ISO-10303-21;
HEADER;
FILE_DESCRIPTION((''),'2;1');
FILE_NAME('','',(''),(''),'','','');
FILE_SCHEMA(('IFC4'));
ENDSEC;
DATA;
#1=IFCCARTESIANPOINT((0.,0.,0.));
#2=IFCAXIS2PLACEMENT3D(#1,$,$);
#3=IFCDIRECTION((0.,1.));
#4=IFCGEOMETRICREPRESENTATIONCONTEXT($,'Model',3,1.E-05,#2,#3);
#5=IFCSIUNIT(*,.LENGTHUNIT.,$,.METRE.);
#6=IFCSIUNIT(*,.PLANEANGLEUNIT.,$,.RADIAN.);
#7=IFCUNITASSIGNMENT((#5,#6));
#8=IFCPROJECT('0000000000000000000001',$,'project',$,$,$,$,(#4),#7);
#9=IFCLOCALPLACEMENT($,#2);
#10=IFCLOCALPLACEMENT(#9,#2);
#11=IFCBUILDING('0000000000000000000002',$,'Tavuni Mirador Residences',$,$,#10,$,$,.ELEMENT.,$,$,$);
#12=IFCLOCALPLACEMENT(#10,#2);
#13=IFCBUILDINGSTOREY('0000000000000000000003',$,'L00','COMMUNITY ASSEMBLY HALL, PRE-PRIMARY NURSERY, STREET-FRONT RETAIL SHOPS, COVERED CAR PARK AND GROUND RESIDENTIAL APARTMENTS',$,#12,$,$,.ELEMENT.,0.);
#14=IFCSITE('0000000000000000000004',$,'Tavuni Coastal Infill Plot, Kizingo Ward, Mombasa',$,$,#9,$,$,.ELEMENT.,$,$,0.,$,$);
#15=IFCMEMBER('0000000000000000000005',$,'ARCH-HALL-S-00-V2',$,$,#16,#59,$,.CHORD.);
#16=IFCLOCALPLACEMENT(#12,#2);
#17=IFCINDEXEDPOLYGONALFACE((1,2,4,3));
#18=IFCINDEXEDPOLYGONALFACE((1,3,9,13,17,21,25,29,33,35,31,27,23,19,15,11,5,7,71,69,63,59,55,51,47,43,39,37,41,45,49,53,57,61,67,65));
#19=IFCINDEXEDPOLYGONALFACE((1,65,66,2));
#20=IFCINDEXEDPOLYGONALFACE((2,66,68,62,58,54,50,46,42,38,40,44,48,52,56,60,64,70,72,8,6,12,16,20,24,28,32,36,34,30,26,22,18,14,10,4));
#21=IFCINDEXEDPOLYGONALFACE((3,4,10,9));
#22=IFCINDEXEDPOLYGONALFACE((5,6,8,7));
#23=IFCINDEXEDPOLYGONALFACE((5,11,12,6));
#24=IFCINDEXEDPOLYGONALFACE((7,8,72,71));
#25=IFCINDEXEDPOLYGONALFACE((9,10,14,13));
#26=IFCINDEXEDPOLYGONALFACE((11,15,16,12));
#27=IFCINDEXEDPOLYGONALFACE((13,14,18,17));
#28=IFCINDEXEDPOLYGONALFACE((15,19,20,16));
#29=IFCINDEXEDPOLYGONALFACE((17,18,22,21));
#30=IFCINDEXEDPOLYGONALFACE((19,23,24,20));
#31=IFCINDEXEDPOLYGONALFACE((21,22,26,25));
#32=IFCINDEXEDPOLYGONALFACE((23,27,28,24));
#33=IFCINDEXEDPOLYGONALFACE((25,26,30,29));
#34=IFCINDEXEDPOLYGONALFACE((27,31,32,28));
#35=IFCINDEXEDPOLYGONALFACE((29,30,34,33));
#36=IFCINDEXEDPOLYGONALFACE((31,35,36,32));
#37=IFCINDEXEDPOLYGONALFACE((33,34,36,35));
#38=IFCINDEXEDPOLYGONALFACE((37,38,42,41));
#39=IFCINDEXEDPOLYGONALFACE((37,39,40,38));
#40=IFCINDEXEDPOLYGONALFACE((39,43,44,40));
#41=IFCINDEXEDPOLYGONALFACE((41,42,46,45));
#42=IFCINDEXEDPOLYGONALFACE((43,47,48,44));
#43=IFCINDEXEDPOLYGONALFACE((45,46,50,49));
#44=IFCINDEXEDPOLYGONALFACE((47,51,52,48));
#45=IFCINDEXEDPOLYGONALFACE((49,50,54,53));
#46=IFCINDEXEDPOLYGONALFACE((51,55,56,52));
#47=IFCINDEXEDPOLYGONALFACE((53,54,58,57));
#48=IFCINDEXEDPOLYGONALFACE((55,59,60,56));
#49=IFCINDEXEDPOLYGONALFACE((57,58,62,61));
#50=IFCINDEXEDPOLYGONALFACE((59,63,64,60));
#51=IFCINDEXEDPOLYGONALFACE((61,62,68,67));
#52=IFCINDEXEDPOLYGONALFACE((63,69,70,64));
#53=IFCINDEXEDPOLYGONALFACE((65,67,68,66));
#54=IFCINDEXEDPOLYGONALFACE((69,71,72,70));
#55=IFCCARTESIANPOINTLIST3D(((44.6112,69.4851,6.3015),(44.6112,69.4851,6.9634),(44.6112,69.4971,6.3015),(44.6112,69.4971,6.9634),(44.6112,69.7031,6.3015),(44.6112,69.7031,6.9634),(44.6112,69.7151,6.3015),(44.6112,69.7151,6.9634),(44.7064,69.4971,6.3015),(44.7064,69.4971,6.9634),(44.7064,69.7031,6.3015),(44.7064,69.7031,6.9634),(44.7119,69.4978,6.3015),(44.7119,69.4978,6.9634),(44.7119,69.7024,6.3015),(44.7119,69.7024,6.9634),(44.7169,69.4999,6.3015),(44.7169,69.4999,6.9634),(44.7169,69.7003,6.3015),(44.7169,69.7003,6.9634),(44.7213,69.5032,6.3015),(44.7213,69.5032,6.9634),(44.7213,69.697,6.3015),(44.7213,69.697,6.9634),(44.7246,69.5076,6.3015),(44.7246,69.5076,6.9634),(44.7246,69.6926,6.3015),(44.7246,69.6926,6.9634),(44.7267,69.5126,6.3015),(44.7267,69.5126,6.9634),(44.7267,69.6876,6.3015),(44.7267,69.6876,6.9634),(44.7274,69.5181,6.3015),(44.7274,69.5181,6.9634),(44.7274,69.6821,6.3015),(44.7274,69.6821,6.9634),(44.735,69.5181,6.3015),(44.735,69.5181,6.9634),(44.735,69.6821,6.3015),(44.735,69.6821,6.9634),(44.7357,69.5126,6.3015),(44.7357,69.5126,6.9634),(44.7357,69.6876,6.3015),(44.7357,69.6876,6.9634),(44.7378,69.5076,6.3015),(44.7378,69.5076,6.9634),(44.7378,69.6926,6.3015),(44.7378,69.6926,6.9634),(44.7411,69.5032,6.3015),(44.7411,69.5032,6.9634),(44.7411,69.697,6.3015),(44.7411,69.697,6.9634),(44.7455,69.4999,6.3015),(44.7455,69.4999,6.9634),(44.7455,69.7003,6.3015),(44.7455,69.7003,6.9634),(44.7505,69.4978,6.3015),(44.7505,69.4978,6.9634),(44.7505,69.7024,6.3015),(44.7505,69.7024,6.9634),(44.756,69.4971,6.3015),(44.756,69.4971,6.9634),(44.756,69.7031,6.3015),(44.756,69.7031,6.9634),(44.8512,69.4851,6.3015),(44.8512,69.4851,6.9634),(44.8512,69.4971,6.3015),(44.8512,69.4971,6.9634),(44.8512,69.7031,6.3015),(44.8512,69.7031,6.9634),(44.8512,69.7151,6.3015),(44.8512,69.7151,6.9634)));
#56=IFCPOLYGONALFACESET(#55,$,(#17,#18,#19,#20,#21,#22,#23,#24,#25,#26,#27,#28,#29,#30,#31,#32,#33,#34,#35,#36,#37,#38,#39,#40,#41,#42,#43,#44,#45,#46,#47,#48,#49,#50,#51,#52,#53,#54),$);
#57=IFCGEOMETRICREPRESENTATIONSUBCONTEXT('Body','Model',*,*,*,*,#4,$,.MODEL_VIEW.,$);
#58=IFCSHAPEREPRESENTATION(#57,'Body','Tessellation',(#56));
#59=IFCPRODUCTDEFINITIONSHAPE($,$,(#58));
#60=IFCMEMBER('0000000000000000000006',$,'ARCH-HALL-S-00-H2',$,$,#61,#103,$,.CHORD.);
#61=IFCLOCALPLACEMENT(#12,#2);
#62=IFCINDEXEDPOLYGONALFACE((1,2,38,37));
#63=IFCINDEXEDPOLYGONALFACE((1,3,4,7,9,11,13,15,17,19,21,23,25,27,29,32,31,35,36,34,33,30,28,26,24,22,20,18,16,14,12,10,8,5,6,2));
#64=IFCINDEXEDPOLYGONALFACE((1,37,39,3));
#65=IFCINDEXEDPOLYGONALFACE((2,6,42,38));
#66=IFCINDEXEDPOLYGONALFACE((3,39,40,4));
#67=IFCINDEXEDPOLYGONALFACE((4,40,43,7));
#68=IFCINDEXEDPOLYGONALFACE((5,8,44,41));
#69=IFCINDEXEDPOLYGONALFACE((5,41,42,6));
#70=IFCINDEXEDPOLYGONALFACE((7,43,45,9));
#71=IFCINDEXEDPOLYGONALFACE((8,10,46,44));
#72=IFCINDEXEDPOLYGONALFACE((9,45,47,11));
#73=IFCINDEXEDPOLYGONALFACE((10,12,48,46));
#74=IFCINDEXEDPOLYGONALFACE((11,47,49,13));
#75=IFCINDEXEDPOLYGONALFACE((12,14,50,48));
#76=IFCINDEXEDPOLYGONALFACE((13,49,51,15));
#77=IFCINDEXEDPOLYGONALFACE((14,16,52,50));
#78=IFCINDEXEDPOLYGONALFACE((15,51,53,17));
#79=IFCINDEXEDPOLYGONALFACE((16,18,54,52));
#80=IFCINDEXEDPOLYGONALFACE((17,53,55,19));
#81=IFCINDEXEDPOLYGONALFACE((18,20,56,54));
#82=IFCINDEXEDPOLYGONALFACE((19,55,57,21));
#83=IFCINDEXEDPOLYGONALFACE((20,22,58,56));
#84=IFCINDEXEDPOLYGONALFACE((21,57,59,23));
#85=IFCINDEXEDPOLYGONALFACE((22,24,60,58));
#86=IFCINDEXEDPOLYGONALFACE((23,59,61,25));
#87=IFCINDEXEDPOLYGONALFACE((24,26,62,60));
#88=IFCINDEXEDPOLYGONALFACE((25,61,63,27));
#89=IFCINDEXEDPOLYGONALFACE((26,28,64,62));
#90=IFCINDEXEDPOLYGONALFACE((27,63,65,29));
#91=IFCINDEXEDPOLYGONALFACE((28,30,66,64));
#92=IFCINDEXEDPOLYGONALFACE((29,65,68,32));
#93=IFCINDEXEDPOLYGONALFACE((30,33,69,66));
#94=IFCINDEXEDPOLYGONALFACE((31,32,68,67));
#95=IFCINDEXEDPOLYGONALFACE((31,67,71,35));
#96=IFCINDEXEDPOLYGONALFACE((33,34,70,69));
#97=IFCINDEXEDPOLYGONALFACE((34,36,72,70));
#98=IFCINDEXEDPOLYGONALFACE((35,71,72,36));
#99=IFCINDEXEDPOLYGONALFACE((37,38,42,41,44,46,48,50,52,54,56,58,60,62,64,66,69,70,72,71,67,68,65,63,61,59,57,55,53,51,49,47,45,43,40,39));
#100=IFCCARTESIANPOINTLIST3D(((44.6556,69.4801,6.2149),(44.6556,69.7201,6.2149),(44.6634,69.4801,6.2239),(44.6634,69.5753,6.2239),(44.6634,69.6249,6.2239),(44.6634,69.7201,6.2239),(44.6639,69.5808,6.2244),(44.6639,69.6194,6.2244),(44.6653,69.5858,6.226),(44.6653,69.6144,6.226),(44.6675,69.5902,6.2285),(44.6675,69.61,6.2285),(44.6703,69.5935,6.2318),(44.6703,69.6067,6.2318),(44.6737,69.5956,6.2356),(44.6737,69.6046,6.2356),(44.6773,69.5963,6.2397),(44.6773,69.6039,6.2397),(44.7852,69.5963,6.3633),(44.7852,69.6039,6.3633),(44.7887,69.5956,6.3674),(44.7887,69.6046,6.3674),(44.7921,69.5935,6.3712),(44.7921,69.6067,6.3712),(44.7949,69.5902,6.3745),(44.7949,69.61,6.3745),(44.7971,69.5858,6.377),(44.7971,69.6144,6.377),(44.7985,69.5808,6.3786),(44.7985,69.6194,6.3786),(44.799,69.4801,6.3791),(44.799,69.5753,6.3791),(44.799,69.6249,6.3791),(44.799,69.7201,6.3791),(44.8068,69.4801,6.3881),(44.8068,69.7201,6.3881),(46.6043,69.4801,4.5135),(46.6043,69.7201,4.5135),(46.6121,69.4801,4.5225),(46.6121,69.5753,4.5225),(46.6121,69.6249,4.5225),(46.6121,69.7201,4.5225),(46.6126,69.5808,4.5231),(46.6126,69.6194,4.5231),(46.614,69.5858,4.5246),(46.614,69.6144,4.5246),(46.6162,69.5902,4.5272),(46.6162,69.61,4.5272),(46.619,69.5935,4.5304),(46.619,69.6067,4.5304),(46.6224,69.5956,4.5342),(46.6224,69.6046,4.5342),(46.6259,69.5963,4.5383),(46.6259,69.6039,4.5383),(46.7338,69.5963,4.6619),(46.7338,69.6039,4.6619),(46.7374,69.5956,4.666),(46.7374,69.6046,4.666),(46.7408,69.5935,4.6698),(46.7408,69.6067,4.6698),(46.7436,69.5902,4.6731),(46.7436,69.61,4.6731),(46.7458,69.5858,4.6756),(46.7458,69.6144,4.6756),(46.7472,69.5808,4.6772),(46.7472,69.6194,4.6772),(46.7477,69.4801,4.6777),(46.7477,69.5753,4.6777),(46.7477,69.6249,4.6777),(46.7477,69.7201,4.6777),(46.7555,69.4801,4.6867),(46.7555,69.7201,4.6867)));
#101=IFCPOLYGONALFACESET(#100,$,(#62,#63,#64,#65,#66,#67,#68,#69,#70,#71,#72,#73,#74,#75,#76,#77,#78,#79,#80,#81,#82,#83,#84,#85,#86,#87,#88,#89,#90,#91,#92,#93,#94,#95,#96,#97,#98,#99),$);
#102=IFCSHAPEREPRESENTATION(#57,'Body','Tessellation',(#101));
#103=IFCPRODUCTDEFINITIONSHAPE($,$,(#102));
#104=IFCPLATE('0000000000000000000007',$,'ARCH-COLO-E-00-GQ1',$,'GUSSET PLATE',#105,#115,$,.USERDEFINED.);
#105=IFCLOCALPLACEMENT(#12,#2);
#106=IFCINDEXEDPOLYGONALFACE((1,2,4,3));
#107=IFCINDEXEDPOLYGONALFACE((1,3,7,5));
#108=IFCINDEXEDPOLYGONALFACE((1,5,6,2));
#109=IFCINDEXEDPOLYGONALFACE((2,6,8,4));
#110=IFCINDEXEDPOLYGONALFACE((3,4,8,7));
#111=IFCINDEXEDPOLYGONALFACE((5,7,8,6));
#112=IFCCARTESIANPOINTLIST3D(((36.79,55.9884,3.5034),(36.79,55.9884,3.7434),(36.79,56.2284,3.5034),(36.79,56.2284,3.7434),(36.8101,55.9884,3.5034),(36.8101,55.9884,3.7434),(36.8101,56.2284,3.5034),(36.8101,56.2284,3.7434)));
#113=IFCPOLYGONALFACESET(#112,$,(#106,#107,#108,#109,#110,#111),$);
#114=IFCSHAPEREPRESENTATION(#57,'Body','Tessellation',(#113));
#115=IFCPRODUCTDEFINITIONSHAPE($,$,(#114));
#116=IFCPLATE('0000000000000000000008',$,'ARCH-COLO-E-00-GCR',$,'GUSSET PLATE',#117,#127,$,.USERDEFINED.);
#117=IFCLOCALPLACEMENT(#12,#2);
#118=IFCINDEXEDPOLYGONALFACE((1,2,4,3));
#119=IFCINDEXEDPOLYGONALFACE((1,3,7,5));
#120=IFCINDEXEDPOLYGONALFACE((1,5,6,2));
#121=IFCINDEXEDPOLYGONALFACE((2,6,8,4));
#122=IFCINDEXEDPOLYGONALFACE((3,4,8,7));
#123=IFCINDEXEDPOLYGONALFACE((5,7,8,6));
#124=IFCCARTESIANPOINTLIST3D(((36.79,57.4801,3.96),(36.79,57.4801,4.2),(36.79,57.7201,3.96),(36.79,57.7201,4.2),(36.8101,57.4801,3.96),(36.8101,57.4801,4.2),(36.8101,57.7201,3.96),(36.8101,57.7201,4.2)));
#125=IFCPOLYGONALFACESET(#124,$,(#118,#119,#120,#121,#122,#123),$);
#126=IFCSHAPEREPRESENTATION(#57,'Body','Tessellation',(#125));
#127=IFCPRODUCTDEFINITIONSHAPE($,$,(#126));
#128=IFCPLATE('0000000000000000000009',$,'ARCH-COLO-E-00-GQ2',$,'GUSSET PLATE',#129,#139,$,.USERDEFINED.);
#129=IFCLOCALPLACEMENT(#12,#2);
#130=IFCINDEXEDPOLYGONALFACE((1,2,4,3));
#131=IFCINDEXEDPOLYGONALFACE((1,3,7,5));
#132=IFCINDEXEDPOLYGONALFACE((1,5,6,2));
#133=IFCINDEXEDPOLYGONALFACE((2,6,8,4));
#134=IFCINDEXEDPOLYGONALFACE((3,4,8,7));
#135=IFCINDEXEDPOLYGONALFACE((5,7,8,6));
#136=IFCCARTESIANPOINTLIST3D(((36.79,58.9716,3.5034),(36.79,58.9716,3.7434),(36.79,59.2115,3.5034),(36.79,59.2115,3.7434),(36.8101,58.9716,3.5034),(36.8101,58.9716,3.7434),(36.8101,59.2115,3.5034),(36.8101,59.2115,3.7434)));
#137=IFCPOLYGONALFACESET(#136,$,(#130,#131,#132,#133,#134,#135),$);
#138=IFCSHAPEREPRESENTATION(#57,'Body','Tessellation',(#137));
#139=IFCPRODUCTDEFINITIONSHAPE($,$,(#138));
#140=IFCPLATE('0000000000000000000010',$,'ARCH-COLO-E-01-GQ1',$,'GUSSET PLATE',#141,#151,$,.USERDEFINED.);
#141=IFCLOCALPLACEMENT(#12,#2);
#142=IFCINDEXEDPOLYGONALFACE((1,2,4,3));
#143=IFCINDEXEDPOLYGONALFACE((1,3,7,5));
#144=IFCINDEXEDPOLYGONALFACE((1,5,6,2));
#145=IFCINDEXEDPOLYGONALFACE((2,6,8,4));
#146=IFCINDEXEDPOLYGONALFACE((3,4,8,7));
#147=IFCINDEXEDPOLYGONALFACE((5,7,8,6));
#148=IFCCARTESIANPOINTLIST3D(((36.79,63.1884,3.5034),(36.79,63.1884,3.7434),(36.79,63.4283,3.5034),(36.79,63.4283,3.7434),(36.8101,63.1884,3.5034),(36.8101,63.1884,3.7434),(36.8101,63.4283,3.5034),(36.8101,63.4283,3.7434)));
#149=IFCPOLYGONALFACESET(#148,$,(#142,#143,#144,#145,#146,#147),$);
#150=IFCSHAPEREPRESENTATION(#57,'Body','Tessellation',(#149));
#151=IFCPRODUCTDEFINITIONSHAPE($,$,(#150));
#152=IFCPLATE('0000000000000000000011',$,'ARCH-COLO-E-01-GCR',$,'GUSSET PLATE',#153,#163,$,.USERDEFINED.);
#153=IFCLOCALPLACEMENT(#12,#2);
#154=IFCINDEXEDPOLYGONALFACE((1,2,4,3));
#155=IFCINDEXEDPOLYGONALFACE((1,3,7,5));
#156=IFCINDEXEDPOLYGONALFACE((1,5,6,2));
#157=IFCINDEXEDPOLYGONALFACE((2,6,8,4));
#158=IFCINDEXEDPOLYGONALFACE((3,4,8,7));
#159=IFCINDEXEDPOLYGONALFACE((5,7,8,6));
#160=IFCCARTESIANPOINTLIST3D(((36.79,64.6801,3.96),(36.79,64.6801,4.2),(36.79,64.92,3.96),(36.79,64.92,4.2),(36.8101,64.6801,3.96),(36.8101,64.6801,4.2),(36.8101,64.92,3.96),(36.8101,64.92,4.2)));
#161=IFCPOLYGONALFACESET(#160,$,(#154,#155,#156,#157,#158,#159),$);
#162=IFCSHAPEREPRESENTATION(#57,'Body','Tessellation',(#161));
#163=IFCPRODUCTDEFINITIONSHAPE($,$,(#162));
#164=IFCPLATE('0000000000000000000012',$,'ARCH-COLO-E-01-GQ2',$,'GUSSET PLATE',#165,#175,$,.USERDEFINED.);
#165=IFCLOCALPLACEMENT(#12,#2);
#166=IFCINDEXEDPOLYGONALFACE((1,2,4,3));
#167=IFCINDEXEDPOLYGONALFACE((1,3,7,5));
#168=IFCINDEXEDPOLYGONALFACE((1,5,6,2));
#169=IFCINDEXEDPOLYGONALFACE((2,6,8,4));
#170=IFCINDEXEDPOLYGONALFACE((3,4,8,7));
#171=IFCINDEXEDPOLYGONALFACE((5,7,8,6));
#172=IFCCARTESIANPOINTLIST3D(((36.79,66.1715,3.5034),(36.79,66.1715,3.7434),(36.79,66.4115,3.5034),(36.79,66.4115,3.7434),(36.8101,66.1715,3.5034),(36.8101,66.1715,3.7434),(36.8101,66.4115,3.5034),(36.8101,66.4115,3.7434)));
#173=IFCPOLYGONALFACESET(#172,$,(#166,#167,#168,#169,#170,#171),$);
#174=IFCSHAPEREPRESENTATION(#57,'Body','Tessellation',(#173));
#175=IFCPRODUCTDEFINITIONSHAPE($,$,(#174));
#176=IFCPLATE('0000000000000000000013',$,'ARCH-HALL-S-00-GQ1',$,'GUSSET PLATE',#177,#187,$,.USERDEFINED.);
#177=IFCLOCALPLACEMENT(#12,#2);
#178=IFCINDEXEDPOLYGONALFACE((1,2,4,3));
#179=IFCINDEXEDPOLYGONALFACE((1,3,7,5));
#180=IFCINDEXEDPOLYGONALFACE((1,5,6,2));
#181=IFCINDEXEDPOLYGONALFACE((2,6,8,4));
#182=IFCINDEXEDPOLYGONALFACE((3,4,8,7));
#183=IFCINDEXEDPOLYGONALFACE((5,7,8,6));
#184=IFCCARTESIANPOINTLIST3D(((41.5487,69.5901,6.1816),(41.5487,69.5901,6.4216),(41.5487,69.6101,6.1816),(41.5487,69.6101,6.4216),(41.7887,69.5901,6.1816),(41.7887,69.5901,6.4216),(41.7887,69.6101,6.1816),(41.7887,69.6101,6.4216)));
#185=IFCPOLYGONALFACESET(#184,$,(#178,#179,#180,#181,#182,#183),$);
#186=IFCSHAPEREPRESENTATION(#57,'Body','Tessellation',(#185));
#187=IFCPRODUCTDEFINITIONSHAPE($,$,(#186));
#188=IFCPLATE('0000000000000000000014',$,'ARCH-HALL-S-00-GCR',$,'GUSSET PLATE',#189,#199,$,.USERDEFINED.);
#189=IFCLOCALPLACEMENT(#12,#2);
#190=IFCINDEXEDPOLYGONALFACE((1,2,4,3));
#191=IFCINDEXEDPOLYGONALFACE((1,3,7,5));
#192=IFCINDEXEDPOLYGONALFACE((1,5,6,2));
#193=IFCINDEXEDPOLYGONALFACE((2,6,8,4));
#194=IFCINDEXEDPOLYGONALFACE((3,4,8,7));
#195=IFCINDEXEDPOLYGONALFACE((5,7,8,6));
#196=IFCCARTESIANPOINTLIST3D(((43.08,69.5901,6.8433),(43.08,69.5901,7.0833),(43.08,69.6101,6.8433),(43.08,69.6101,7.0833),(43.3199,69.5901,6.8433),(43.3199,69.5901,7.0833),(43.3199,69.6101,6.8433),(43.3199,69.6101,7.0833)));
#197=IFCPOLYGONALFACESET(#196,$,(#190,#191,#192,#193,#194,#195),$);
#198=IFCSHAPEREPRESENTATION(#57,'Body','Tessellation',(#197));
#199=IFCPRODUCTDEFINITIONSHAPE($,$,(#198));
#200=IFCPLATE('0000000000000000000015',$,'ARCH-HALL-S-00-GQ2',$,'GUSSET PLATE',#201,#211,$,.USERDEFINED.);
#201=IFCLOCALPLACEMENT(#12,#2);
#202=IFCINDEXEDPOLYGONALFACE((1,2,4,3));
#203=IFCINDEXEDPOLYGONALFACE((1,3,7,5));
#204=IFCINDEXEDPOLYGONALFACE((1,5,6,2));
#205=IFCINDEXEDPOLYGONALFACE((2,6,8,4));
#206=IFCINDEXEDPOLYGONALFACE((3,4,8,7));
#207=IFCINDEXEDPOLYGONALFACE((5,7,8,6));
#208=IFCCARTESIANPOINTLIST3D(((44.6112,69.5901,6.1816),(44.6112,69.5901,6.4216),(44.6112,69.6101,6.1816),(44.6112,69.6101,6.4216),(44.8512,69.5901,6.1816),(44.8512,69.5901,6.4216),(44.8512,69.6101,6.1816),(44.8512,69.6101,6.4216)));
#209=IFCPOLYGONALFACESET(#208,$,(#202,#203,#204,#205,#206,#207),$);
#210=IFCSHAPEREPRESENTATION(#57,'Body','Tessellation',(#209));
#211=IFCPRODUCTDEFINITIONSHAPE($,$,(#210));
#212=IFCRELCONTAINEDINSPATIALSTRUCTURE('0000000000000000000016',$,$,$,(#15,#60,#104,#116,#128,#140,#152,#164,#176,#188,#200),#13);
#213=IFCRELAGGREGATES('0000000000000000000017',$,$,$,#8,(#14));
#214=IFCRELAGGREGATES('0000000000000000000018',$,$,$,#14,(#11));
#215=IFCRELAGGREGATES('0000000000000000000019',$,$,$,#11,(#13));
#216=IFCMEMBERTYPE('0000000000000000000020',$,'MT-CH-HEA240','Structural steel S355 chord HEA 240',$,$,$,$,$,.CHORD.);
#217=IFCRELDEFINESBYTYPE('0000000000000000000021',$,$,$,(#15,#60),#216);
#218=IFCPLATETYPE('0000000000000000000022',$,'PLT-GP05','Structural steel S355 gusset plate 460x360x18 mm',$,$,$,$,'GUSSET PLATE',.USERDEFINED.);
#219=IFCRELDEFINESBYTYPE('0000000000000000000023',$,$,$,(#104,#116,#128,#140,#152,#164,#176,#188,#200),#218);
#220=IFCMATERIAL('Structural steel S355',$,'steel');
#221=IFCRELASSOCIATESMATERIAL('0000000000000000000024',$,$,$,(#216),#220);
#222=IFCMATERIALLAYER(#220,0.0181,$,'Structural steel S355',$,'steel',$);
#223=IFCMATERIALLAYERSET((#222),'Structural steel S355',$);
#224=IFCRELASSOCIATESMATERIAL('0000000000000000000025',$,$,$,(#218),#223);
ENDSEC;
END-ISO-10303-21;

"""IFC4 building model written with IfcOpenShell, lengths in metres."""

from ifc_helpers import new_model, si_unit, direction, frame, origin, origin_2d, place, context, subcontext, project, spatial, rectangle, i_section, extrude, material, layer, layer_set, material_profile, profile_set, type_object, element, save


model = new_model("IFC4")

# Units and contexts
model_context = context("Model", 3, precision=1e-05, world=origin(), true_north=direction((0.0, 1.0)))
body_context = subcontext(model_context, "Body", "Model", "MODEL_VIEW")
ifc_project = project(units=[si_unit("LENGTHUNIT", "METRE"), si_unit("PLANEANGLEUNIT", "RADIAN")], contexts=[model_context])

# Site, building, storey
site_placement = place(None, origin())
site = spatial("IfcSite", under=ifc_project, at=site_placement, Name="Tavuni Coastal Infill Plot, Kizingo Ward, Mombasa", CompositionType="ELEMENT", RefElevation=0.0)
building_placement = place(site_placement, origin())
building = spatial("IfcBuilding", under=site, at=building_placement, Name="Tavuni Mirador Residences", CompositionType="ELEMENT")
storey_placement = place(building_placement, origin())
storey = spatial("IfcBuildingStorey", under=building, at=storey_placement, Name="L00", Description="COMMUNITY ASSEMBLY HALL, PRE-PRIMARY NURSERY, STREET-FRONT RETAIL SHOPS, COVERED CAR PARK AND GROUND RESIDENTIAL APARTMENTS", CompositionType="ELEMENT", Elevation=0.0)

# Shared definitions
ifc_material_1 = material(Name="Structural steel S355", Category="steel")

# Members
ifc_material_profile_1 = material_profile(ifc_material_1, i_section(OverallWidth=0.24, OverallDepth=0.23, WebThickness=0.0076, FlangeThickness=0.012, FilletRadius=0.021, at=origin_2d()), Name="HEA 240", Category="steel")
ifc_profile_set_1 = profile_set([ifc_material_profile_1], Name="Structural steel S355")
member_type = type_object("IfcMemberType", Name="MT-CH-HEA240", Description="Structural steel S355 chord HEA 240", PredefinedType="CHORD", material=ifc_profile_set_1)
member_1_placement = place(storey_placement, frame((44.7312, 69.6001, 6.3015), z_axis=(0.0, 0.0, 1.0), x_axis=(1.0, 0.0, 0.0)))
element("IfcMember", 1, at=member_1_placement, inside=storey, type_object=member_type, Name="ARCH-HALL-S-00-V2", PredefinedType="CHORD", context=body_context, shape_type="SweptSolid", body=[
    extrude(i_section(OverallWidth=0.24, OverallDepth=0.23, WebThickness=0.0076, FlangeThickness=0.012, FilletRadius=0.021, at=origin_2d()), origin(), (0.0, 0.0, 1.0), 0.6619),
])
member_2_placement = place(storey_placement, frame((44.7312, 69.6001, 6.3015), z_axis=(0.753289, 0.0, -0.657689), x_axis=(0.0, 1.0, 0.0)))
element("IfcMember", 2, at=member_2_placement, inside=storey, type_object=member_type, Name="ARCH-HALL-S-00-H2", PredefinedType="CHORD", context=body_context, shape_type="SweptSolid", body=[
    extrude(i_section(OverallWidth=0.24, OverallDepth=0.23, WebThickness=0.0076, FlangeThickness=0.012, FilletRadius=0.021, at=origin_2d()), origin(), (0.0, 0.0, 1.0), 2.5869),
])

# Plates
ifc_layer_1 = layer(ifc_material_1, 0.0181, Name="Structural steel S355", Category="steel")
ifc_layer_set_1 = layer_set([ifc_layer_1], Name="Structural steel S355")
plate_type = type_object("IfcPlateType", Name="PLT-GP05", Description="Structural steel S355 gusset plate 460x360x18 mm", ElementType="GUSSET PLATE", PredefinedType="USERDEFINED", material=ifc_layer_set_1)
for number, where, z_axis, x_axis, name in (
    (3, (36.8, 56.1084, 3.5034), (0.0, 0.0, 1.0), (1.0, 0.0, 0.0), "ARCH-COLO-E-00-GQ1"),
    (4, (36.8, 57.6001, 3.96), (0.0, 0.0, 1.0), (1.0, 0.0, 0.0), "ARCH-COLO-E-00-GCR"),
    (5, (36.8, 59.0916, 3.5034), (0.0, 0.0, 1.0), (1.0, 0.0, 0.0), "ARCH-COLO-E-00-GQ2"),
    (6, (36.8, 63.3083, 3.5034), (0.0, 0.0, 1.0), (1.0, 0.0, 0.0), "ARCH-COLO-E-01-GQ1"),
    (7, (36.8, 64.8, 3.96), (0.0, 0.0, 1.0), (1.0, 0.0, 0.0), "ARCH-COLO-E-01-GCR"),
    (8, (36.8, 66.2915, 3.5034), (0.0, 0.0, 1.0), (1.0, 0.0, 0.0), "ARCH-COLO-E-01-GQ2"),
):
    element("IfcPlate", number, at=place(storey_placement, frame(where, z_axis=z_axis, x_axis=x_axis)), inside=storey, type_object=plate_type, Name=name, ObjectType="GUSSET PLATE", PredefinedType="USERDEFINED", context=body_context, shape_type="SweptSolid", body=[
        extrude(rectangle(XDim=0.02, YDim=0.24, at=origin_2d()), origin(), (0.0, 0.0, 1.0), 0.24),
    ])
for number, where, z_axis, x_axis, name in (
    (9, (41.6687, 69.6001, 6.1816), (0.0, 0.0, 1.0), (1.0, 0.0, 0.0), "ARCH-HALL-S-00-GQ1"),
    (10, (43.2, 69.6001, 6.8433), (0.0, 0.0, 1.0), (1.0, 0.0, 0.0), "ARCH-HALL-S-00-GCR"),
    (11, (44.7312, 69.6001, 6.1816), (0.0, 0.0, 1.0), (1.0, 0.0, 0.0), "ARCH-HALL-S-00-GQ2"),
):
    element("IfcPlate", number, at=place(storey_placement, frame(where, z_axis=z_axis, x_axis=x_axis)), inside=storey, type_object=plate_type, Name=name, ObjectType="GUSSET PLATE", PredefinedType="USERDEFINED", context=body_context, shape_type="SweptSolid", body=[
        extrude(rectangle(XDim=0.24, YDim=0.02, at=origin_2d()), origin(), (0.0, 0.0, 1.0), 0.24),
    ])

save(model, "model.ifc")
